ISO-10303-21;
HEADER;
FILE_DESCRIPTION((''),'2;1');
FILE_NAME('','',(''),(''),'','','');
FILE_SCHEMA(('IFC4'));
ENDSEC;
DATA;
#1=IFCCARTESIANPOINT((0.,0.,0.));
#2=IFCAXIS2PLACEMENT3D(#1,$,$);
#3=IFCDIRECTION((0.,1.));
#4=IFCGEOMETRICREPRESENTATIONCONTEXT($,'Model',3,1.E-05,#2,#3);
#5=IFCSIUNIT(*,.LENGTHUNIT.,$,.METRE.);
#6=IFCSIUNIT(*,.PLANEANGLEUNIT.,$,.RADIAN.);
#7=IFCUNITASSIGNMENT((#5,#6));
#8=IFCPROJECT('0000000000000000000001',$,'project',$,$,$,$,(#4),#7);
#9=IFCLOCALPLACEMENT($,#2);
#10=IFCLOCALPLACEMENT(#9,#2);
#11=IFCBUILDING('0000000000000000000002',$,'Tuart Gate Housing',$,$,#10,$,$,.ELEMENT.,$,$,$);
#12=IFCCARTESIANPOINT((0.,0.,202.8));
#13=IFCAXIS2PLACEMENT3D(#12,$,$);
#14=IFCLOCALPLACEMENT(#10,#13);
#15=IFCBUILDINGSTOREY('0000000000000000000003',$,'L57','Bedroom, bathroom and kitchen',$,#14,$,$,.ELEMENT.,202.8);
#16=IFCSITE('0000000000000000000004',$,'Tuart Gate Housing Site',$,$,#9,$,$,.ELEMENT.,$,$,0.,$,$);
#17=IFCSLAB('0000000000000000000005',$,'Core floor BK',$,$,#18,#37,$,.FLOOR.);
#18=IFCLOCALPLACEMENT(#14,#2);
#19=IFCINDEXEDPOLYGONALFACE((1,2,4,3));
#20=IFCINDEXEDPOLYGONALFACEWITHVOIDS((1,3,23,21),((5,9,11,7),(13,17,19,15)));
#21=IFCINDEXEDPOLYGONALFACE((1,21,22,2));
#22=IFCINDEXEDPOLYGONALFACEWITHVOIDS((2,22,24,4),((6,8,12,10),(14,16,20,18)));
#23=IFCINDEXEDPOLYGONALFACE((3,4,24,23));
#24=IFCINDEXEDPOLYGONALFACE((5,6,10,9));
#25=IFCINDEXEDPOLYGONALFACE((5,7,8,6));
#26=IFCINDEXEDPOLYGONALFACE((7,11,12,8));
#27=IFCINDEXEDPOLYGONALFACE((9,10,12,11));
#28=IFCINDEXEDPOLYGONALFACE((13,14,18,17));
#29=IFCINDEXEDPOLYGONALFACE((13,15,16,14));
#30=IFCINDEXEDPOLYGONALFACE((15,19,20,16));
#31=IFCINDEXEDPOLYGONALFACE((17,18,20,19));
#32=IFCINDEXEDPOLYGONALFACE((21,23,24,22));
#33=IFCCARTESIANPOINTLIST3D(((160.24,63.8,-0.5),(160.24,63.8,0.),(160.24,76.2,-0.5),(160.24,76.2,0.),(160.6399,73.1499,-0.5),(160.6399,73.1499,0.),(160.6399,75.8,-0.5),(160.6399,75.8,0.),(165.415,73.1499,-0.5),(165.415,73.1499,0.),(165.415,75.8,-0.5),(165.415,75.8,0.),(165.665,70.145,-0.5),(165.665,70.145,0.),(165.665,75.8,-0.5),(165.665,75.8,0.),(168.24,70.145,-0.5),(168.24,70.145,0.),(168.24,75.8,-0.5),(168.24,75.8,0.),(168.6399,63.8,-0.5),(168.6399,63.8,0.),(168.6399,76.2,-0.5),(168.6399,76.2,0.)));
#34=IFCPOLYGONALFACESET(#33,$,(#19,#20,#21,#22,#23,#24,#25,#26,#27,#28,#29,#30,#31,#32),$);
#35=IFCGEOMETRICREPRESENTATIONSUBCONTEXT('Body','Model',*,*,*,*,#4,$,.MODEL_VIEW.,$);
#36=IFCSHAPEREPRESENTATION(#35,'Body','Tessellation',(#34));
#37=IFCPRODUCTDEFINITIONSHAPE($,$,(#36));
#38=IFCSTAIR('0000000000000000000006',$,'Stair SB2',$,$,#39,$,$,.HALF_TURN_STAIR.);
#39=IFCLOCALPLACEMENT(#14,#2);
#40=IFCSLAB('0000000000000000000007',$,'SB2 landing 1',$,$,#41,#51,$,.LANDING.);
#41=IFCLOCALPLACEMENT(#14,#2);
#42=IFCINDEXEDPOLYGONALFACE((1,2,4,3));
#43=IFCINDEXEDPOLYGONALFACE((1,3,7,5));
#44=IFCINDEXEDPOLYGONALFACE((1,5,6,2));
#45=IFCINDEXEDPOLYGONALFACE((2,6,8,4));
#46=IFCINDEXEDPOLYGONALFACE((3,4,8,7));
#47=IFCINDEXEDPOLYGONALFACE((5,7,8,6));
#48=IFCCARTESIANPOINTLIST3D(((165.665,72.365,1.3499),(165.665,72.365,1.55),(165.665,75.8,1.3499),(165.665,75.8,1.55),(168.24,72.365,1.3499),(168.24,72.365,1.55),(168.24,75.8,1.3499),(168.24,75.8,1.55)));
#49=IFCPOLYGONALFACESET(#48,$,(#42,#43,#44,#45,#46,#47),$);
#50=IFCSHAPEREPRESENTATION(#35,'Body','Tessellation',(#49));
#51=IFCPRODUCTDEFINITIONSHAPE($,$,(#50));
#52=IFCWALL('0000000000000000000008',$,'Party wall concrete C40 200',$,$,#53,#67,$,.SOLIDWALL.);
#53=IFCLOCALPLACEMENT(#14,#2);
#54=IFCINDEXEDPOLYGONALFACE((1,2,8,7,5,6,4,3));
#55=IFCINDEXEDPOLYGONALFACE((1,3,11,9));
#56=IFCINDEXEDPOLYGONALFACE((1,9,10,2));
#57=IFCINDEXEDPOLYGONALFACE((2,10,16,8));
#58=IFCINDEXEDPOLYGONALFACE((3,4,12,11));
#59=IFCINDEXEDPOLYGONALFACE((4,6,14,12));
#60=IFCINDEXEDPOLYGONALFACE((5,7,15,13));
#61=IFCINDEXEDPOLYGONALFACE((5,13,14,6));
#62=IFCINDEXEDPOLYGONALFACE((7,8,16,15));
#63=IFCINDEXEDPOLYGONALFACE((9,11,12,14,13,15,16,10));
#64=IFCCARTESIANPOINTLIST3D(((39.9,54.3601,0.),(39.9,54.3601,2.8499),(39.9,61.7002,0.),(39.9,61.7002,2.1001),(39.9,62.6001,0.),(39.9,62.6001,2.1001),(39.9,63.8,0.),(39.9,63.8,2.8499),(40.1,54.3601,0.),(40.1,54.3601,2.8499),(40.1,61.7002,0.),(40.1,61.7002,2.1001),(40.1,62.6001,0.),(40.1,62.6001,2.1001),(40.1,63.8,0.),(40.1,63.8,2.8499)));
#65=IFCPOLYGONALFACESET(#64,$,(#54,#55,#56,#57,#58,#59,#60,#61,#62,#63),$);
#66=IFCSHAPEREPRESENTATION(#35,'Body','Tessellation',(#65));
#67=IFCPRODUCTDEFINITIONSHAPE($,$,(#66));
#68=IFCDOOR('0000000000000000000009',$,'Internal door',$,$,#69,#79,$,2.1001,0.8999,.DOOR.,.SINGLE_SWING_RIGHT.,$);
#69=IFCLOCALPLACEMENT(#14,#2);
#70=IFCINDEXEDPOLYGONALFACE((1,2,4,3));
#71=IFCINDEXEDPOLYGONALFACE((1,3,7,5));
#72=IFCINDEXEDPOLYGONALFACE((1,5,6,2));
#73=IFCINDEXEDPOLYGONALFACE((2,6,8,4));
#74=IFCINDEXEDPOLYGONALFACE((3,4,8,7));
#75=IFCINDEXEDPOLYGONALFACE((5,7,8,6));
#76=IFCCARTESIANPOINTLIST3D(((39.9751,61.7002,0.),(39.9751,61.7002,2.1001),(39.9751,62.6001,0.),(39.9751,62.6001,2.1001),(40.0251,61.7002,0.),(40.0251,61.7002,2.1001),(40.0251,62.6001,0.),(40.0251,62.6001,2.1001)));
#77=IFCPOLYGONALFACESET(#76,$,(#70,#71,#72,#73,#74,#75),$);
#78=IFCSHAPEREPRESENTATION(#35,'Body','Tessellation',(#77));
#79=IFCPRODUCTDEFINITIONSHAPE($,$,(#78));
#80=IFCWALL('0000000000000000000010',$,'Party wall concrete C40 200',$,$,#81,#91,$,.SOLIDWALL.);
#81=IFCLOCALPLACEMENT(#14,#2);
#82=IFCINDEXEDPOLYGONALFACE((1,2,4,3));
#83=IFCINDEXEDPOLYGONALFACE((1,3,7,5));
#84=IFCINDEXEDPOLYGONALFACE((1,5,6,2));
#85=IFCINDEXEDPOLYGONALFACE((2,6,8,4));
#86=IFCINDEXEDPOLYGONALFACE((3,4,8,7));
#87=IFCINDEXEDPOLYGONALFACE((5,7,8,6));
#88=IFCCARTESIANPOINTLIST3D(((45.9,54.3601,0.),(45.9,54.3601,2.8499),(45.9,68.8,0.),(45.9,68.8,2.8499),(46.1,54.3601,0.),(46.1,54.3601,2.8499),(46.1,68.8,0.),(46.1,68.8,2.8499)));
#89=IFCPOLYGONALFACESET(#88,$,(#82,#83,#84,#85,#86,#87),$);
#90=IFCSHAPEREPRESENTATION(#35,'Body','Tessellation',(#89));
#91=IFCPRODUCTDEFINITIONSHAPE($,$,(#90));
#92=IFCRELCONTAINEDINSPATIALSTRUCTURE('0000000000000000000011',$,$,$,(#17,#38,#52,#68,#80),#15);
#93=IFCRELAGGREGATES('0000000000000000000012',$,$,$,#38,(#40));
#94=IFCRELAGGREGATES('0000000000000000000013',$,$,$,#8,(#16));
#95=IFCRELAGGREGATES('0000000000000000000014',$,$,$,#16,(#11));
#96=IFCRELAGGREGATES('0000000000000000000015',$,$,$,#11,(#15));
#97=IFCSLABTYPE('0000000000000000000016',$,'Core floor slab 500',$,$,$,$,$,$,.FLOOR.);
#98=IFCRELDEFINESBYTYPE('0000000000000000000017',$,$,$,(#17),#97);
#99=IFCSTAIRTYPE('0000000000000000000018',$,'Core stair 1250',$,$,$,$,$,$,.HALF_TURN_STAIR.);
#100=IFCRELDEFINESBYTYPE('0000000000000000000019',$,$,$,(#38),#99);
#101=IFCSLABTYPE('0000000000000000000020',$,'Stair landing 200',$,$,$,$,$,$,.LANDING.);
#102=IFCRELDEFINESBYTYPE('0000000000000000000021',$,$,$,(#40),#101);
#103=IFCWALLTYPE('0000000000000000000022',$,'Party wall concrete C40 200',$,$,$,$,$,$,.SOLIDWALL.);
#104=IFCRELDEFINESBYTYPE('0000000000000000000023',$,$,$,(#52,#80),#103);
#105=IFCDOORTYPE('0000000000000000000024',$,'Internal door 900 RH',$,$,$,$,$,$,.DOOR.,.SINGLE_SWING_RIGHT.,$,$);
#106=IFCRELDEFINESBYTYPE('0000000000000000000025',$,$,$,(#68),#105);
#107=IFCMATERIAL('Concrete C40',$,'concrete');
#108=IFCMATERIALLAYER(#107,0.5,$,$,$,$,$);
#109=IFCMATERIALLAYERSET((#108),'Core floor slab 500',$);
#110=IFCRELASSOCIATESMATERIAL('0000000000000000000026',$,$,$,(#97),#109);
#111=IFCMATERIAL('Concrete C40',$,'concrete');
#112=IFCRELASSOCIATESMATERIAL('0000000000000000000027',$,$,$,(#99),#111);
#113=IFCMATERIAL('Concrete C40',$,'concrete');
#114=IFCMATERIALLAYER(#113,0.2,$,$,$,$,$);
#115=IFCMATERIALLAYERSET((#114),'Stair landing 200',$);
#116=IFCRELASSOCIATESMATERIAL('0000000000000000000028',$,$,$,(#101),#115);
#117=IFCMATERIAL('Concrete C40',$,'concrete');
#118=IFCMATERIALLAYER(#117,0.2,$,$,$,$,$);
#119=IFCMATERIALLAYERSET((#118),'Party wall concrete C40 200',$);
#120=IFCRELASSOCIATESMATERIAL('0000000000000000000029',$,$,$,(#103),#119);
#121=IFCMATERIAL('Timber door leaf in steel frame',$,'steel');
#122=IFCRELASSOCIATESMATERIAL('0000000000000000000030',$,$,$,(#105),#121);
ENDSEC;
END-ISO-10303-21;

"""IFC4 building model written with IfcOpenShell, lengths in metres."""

from ifc_helpers import new_model, si_unit, direction, frame, frame_2d, origin, place, context, subcontext, project, spatial, polyline, rectangle, outline, extrude, material, layer, layer_set, type_object, element, fill, aggregate, save


model = new_model("IFC4")

# Units and contexts
model_context = context("Model", 3, precision=1e-05, world=origin(), true_north=direction((0.0, 1.0)))
body_context = subcontext(model_context, "Body", "Model", "MODEL_VIEW")
ifc_project = project(units=[si_unit("LENGTHUNIT", "METRE"), si_unit("PLANEANGLEUNIT", "RADIAN")], contexts=[model_context])

# Site, building, storey
site_placement = place(None, origin())
site = spatial("IfcSite", under=ifc_project, at=site_placement, Name="Tuart Gate Housing Site", CompositionType="ELEMENT", RefElevation=0.0)
building_placement = place(site_placement, origin())
building = spatial("IfcBuilding", under=site, at=building_placement, Name="Tuart Gate Housing", CompositionType="ELEMENT")
storey_placement = place(building_placement, frame((0.0, 0.0, 202.8)))
storey = spatial("IfcBuildingStorey", under=building, at=storey_placement, Name="L57", Description="Bedroom, bathroom and kitchen", CompositionType="ELEMENT", Elevation=202.8)

# Slab
ifc_material_1 = material(Name="Concrete C40", Category="concrete")
ifc_layer_1 = layer(ifc_material_1, 0.5)
ifc_layer_set_1 = layer_set([ifc_layer_1], Name="Core floor slab 500")
slab_type_1 = type_object("IfcSlabType", Name="Core floor slab 500", PredefinedType="FLOOR", material=ifc_layer_set_1)
slab_1_placement = place(storey_placement, frame((0.0, 0.0, -0.5)))
element("IfcSlab", 1, at=slab_1_placement, inside=storey, type_object=slab_type_1, Name="Core floor BK", PredefinedType="FLOOR", context=body_context, shape_type="SweptSolid", body=[
    extrude(outline(polyline([(160.24, 63.8), (168.6399, 63.8), (168.6399, 76.2), (160.24, 76.2), (160.24, 63.8)]), holes=[polyline([(160.6399, 73.1499), (165.415, 73.1499), (165.415, 75.8), (160.6399, 75.8), (160.6399, 73.1499)]), polyline([(165.665, 70.145), (168.24, 70.145), (168.24, 75.8), (165.665, 75.8), (165.665, 70.145)])]), origin(), (0.0, 0.0, 1.0), 0.5),
])

# Stair, slab
ifc_material_2 = material(Name="Concrete C40", Category="concrete")
stair_type = type_object("IfcStairType", Name="Core stair 1250", PredefinedType="HALF_TURN_STAIR", material=ifc_material_2)
stair_placement = place(storey_placement, origin())
stair = element("IfcStair", 2, at=stair_placement, inside=storey, type_object=stair_type, Name="Stair SB2", PredefinedType="HALF_TURN_STAIR")
ifc_material_3 = material(Name="Concrete C40", Category="concrete")
ifc_layer_2 = layer(ifc_material_3, 0.2)
ifc_layer_set_2 = layer_set([ifc_layer_2], Name="Stair landing 200")
slab_type_2 = type_object("IfcSlabType", Name="Stair landing 200", PredefinedType="LANDING", material=ifc_layer_set_2)
slab_2_placement = place(storey_placement, frame((0.0, 0.0, 1.3499)))
slab_2 = element("IfcSlab", 3, at=slab_2_placement, type_object=slab_type_2, Name="SB2 landing 1", PredefinedType="LANDING", context=body_context, shape_type="SweptSolid", body=[
    extrude(outline(polyline([(165.665, 72.365), (168.24, 72.365), (168.24, 75.8), (165.665, 75.8), (165.665, 72.365)])), origin(), (0.0, 0.0, 1.0), 0.2002),
])
aggregate(stair, [slab_2])

# Wall, opening, door
ifc_material_4 = material(Name="Concrete C40", Category="concrete")
ifc_layer_3 = layer(ifc_material_4, 0.2)
ifc_layer_set_3 = layer_set([ifc_layer_3], Name="Party wall concrete C40 200")
wall_type_1 = type_object("IfcWallType", Name="Party wall concrete C40 200", PredefinedType="SOLIDWALL", material=ifc_layer_set_3)
wall_1_placement = place(storey_placement, frame((40.0, 54.3601, 0.0), z_axis=(0.0, 0.0, 1.0), x_axis=(0.0, 1.0, 0.0)))
wall_1 = element("IfcWall", 4, at=wall_1_placement, inside=storey, type_object=wall_type_1, Name="Party wall concrete C40 200", PredefinedType="SOLIDWALL", context=body_context, shape_type="SweptSolid", body=[
    extrude(rectangle(XDim=9.4399, YDim=0.2, at=frame_2d((4.72, 0.0))), origin(), (0.0, 0.0, 1.0), 2.8499),
])
opening_1_placement = place(wall_1_placement, frame((7.3401, 0.0, 0.0)))
opening_1 = element("IfcOpeningElement", 5, at=opening_1_placement, cuts=wall_1, PredefinedType="OPENING", context=body_context, shape_type="SweptSolid", body=[
    extrude(rectangle(XDim=0.8999, YDim=2.1001, at=frame_2d((0.45, 1.05))), frame((0.0, 0.1099, 0.0), z_axis=(0.0, -1.0, 0.0), x_axis=(1.0, 0.0, 0.0)), (0.0, 0.0, 1.0), 0.22),
])
ifc_material_5 = material(Name="Timber door leaf in steel frame", Category="steel")
door_type = type_object("IfcDoorType", Name="Internal door 900 RH", OperationType="SINGLE_SWING_RIGHT", PredefinedType="DOOR", material=ifc_material_5)
door_placement = place(opening_1_placement, frame((0.8999, 0.0, 0.0), z_axis=(0.0, 0.0, 1.0), x_axis=(-1.0, 0.0, 0.0)))
door = element("IfcDoor", 6, at=door_placement, inside=storey, type_object=door_type, Name="Internal door", OperationType="SINGLE_SWING_RIGHT", OverallHeight=2.1001, OverallWidth=0.8999, PredefinedType="DOOR", context=body_context, shape_type="SweptSolid", body=[
    extrude(rectangle(XDim=0.8999, YDim=2.1001, at=frame_2d((0.45, 1.05))), frame((0.0, 0.0251, 0.0), z_axis=(0.0, -1.0, 0.0), x_axis=(1.0, 0.0, 0.0)), (0.0, 0.0, 1.0), 0.05),
])
fill(opening_1, door)

# Wall
wall_2_placement = place(storey_placement, frame((46.0, 54.3601, 0.0), z_axis=(0.0, 0.0, 1.0), x_axis=(0.0, 1.0, 0.0)))
element("IfcWall", 7, at=wall_2_placement, inside=storey, type_object=wall_type_1, Name="Party wall concrete C40 200", PredefinedType="SOLIDWALL", context=body_context, shape_type="SweptSolid", body=[
    extrude(rectangle(XDim=14.4399, YDim=0.2, at=frame_2d((7.22, 0.0))), origin(), (0.0, 0.0, 1.0), 2.8499),
])

save(model, "model.ifc")
